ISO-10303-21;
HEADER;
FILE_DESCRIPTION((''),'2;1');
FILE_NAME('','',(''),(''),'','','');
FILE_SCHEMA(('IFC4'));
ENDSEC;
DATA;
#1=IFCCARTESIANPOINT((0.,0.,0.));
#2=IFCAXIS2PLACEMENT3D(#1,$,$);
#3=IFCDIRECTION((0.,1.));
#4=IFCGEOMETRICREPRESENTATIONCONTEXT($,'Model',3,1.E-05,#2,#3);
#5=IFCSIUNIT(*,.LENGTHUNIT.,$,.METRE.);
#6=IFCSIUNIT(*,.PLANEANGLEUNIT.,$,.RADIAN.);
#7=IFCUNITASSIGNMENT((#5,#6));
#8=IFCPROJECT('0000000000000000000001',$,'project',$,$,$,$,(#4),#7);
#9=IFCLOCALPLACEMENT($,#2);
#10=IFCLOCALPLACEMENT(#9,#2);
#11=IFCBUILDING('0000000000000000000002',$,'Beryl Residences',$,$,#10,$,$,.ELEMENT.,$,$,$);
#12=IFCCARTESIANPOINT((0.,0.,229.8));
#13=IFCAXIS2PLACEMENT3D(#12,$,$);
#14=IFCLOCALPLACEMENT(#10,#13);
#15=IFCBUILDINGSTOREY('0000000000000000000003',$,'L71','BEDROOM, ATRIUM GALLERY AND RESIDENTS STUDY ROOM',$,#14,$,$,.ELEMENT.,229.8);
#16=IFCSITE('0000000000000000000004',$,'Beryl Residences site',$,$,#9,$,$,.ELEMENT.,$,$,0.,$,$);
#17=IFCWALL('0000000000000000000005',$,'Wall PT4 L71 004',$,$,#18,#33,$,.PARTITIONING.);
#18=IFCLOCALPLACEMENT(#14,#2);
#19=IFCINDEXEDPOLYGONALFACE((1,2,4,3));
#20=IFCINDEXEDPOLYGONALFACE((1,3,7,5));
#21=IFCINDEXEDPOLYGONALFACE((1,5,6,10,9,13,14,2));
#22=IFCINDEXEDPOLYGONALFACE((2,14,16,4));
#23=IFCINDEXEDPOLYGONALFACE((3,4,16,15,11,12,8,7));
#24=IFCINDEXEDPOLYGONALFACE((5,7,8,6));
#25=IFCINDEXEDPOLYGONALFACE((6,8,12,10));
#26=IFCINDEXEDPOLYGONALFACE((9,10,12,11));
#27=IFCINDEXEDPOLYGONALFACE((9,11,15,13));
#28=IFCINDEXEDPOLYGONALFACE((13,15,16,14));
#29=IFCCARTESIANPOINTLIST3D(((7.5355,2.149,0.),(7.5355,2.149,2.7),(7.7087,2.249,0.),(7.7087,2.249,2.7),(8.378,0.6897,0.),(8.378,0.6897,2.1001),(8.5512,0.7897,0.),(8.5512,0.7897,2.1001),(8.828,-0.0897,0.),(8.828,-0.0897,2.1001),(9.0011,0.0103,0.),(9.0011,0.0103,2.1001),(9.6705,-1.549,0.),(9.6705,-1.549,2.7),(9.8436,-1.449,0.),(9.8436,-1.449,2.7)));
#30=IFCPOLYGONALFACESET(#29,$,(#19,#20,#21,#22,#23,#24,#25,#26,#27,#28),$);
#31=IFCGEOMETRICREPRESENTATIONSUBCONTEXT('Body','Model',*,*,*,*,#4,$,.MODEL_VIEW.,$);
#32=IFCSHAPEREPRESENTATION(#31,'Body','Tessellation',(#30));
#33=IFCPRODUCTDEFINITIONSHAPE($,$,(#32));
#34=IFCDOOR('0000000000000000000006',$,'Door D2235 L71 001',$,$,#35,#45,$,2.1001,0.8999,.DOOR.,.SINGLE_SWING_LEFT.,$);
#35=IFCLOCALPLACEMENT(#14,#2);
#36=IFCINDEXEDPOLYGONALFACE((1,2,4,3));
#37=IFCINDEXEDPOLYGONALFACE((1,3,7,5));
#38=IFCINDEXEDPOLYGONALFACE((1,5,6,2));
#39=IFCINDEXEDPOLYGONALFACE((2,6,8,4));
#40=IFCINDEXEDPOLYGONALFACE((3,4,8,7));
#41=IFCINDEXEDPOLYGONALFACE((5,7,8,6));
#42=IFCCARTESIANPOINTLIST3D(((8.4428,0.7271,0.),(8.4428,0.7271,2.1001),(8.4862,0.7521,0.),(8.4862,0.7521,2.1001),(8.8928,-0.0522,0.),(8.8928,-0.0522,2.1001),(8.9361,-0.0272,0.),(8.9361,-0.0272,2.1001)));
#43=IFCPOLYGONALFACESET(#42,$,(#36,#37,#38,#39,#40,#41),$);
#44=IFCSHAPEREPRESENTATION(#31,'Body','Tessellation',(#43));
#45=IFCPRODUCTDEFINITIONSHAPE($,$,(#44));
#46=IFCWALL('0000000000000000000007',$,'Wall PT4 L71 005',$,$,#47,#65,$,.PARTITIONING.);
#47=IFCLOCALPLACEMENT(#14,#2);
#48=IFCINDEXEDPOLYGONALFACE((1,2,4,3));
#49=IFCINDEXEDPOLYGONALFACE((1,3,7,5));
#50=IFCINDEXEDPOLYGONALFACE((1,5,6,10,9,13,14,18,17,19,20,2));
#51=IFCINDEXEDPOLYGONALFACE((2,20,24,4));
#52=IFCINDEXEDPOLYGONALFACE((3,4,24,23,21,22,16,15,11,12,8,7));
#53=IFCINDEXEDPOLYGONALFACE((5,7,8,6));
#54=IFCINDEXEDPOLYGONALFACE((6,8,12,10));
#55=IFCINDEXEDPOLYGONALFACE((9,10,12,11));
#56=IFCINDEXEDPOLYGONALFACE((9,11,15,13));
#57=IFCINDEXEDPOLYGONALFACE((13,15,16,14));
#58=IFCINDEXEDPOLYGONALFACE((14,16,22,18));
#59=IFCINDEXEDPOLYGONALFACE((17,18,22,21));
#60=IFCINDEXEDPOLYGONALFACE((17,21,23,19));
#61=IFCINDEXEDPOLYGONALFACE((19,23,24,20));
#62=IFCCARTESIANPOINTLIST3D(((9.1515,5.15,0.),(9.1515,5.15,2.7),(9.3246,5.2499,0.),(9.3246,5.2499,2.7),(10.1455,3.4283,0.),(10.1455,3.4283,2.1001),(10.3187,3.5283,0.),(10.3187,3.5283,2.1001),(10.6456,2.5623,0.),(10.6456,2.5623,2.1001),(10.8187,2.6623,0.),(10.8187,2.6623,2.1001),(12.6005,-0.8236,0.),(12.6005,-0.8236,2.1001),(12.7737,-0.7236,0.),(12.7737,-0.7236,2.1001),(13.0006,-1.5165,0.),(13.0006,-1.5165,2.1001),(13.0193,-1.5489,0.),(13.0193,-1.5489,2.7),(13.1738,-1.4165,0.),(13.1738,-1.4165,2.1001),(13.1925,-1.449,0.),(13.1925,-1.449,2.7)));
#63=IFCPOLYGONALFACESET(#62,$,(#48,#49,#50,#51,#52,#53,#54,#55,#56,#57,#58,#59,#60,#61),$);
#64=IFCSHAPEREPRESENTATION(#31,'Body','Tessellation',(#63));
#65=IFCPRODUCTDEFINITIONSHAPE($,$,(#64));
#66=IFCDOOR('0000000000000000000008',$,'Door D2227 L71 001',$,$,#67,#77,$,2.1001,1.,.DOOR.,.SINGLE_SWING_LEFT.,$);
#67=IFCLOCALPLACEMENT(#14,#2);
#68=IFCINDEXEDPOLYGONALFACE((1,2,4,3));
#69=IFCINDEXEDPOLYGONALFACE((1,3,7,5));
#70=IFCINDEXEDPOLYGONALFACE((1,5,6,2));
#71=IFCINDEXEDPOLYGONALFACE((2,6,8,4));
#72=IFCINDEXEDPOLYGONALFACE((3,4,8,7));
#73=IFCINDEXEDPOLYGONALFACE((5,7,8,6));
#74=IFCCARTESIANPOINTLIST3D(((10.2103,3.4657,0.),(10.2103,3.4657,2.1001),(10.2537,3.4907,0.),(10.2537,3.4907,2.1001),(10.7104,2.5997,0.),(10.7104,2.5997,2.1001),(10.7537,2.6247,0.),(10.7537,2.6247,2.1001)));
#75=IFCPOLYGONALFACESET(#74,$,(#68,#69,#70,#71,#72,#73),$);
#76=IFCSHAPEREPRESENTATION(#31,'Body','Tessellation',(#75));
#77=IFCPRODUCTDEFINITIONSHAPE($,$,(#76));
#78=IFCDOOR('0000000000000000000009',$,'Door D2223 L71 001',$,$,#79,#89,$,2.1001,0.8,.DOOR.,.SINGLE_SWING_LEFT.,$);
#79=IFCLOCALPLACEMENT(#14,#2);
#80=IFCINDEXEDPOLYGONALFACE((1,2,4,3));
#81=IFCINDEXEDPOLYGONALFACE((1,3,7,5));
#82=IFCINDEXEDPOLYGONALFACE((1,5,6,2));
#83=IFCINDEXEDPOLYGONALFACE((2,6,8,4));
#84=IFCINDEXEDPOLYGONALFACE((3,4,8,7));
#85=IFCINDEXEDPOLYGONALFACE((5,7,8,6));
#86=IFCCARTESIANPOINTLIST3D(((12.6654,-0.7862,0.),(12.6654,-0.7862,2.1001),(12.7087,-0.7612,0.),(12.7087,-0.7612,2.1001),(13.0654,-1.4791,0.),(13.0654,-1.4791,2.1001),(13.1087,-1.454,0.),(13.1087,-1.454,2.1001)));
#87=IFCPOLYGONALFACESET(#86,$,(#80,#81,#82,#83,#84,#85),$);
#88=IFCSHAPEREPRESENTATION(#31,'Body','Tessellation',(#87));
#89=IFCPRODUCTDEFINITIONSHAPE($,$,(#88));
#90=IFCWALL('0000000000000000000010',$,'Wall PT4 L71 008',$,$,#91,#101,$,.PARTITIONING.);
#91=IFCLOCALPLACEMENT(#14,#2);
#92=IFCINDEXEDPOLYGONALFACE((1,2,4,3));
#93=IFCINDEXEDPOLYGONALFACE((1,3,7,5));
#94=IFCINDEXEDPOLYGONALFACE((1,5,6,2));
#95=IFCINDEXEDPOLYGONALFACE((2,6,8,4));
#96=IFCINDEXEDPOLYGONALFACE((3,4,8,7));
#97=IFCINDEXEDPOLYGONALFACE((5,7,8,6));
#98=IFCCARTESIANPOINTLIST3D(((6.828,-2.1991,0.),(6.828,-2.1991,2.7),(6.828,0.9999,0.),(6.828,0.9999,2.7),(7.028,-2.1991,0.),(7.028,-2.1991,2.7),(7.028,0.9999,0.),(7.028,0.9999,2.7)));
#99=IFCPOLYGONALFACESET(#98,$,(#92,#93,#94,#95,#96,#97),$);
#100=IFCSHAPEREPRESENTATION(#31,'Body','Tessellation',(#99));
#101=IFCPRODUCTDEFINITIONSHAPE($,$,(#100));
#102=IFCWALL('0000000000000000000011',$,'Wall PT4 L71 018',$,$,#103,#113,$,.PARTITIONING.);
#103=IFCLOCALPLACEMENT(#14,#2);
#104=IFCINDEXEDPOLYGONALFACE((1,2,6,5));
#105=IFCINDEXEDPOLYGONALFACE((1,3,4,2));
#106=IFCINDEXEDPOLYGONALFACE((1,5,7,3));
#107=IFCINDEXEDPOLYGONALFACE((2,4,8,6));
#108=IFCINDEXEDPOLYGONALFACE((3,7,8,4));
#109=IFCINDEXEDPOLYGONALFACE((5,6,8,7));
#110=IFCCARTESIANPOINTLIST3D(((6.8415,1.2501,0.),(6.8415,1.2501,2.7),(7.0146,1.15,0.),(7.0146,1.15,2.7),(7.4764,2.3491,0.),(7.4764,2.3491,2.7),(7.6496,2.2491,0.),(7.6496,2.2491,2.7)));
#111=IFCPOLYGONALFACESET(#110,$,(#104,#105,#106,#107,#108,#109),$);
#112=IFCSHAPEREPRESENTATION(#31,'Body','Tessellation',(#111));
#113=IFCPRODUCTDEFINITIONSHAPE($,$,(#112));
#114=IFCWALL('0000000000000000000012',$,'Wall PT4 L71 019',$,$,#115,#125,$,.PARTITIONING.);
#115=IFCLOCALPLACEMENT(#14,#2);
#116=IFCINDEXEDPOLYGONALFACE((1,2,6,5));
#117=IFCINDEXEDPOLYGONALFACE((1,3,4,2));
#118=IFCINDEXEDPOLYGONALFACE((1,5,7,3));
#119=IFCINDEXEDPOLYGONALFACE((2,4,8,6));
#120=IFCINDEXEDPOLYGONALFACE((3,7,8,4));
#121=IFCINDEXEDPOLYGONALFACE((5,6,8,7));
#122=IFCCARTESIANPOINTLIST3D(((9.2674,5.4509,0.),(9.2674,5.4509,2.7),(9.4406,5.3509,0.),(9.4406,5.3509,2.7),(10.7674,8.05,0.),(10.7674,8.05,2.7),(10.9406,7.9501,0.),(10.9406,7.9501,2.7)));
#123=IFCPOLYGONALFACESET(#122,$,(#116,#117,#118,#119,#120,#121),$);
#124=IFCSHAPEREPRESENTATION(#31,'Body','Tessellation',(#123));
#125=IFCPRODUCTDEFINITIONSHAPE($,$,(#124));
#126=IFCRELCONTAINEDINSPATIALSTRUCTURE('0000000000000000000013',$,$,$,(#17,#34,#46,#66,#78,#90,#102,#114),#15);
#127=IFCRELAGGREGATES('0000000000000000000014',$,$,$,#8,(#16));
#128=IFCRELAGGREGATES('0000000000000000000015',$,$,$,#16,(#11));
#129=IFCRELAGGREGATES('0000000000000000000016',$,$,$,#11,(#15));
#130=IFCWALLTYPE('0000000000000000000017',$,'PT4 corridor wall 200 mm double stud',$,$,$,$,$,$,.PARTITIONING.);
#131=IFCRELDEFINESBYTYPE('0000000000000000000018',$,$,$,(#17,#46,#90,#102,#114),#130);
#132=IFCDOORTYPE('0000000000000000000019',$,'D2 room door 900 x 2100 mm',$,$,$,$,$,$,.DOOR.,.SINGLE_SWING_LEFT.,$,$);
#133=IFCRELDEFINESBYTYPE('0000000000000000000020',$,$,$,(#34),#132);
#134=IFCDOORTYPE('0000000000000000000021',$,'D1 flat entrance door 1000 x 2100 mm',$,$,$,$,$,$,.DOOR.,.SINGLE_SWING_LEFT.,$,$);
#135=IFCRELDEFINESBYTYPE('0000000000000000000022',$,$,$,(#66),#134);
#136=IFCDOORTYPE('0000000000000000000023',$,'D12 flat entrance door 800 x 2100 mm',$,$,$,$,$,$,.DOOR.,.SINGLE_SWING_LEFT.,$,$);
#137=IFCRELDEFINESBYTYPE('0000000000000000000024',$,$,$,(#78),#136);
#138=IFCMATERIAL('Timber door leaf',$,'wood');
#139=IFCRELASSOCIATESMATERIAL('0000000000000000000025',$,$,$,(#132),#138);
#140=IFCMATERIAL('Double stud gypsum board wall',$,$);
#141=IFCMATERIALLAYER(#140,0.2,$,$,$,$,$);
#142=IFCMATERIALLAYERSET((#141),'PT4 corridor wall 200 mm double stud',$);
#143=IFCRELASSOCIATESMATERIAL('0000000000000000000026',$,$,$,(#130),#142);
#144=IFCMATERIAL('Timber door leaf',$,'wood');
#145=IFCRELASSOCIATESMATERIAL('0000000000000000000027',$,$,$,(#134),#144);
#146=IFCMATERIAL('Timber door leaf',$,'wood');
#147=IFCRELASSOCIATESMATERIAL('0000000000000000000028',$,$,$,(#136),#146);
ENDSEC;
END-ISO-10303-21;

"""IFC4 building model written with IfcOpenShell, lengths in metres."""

from ifc_helpers import new_model, si_unit, direction, frame, frame_2d, origin, place, context, subcontext, project, spatial, rectangle, extrude, material, layer, layer_set, type_object, element, fill, save


model = new_model("IFC4")

# Units and contexts
model_context = context("Model", 3, precision=1e-05, world=origin(), true_north=direction((0.0, 1.0)))
body_context = subcontext(model_context, "Body", "Model", "MODEL_VIEW")
ifc_project = project(units=[si_unit("LENGTHUNIT", "METRE"), si_unit("PLANEANGLEUNIT", "RADIAN")], contexts=[model_context])

# Site, building, storey
site_placement = place(None, origin())
site = spatial("IfcSite", under=ifc_project, at=site_placement, Name="Beryl Residences site", CompositionType="ELEMENT", RefElevation=0.0)
building_placement = place(site_placement, origin())
building = spatial("IfcBuilding", under=site, at=building_placement, Name="Beryl Residences", CompositionType="ELEMENT")
storey_placement = place(building_placement, frame((0.0, 0.0, 229.8)))
storey = spatial("IfcBuildingStorey", under=building, at=storey_placement, Name="L71", Description="BEDROOM, ATRIUM GALLERY AND RESIDENTS STUDY ROOM", CompositionType="ELEMENT", Elevation=229.8)

# Shared definitions
ifc_material_1 = material(Name="Timber door leaf", Category="wood")
door_type_1 = type_object("IfcDoorType", Name="D2 room door 900 x 2100 mm", OperationType="SINGLE_SWING_LEFT", PredefinedType="DOOR", material=ifc_material_1)

# Wall, opening, door
ifc_material_2 = material(Name="Double stud gypsum board wall")
ifc_layer_1 = layer(ifc_material_2, 0.2)
ifc_layer_set_1 = layer_set([ifc_layer_1], Name="PT4 corridor wall 200 mm double stud")
wall_type_1 = type_object("IfcWallType", Name="PT4 corridor wall 200 mm double stud", PredefinedType="PARTITIONING", material=ifc_layer_set_1)
wall_1_placement = place(storey_placement, frame((7.6221, 2.199, 0.0), z_axis=(0.0, 0.0, 1.0), x_axis=(0.499995, -0.866028, 0.0)))
wall_1 = element("IfcWall", 1, at=wall_1_placement, inside=storey, type_object=wall_type_1, Name="Wall PT4 L71 004", PredefinedType="PARTITIONING", context=body_context, shape_type="SweptSolid", body=[
    extrude(rectangle(XDim=4.27, YDim=0.2, at=frame_2d((2.135, 0.0))), origin(), (0.0, 0.0, 1.0), 2.7),
])
opening_1_placement = place(wall_1_placement, frame((1.6851, 0.0, 0.0)))
opening_1 = element("IfcOpeningElement", 2, at=opening_1_placement, cuts=wall_1, PredefinedType="OPENING", context=body_context, shape_type="SweptSolid", body=[
    extrude(rectangle(XDim=0.8999, YDim=2.1001, at=frame_2d((0.45, 1.05))), frame((0.0, 0.1099, 0.0), z_axis=(0.0, -1.0, 0.0), x_axis=(1.0, 0.0, 0.0)), (0.0, 0.0, 1.0), 0.22),
])
door_1_placement = place(opening_1_placement, origin())
door_1 = element("IfcDoor", 3, at=door_1_placement, inside=storey, type_object=door_type_1, Name="Door D2235 L71 001", OperationType="SINGLE_SWING_LEFT", OverallHeight=2.1001, OverallWidth=0.8999, PredefinedType="DOOR", context=body_context, shape_type="SweptSolid", body=[
    extrude(rectangle(XDim=0.8999, YDim=2.1001, at=frame_2d((0.45, 1.05))), frame((0.0, 0.0249, 0.0), z_axis=(0.0, -1.0, 0.0), x_axis=(1.0, 0.0, 0.0)), (0.0, 0.0, 1.0), 0.05),
])
fill(opening_1, door_1)

# Wall, openings, doors
wall_2_placement = place(storey_placement, frame((9.238, 5.2, 0.0), z_axis=(0.0, 0.0, 1.0), x_axis=(0.500026, -0.866011, 0.0)))
wall_2 = element("IfcWall", 4, at=wall_2_placement, inside=storey, type_object=wall_type_1, Name="Wall PT4 L71 005", PredefinedType="PARTITIONING", context=body_context, shape_type="SweptSolid", body=[
    extrude(rectangle(XDim=7.7354, YDim=0.2, at=frame_2d((3.8677, 0.0))), origin(), (0.0, 0.0, 1.0), 2.7),
])
opening_2_placement = place(wall_2_placement, frame((6.8979, 0.0, 0.0)))
opening_2 = element("IfcOpeningElement", 5, at=opening_2_placement, cuts=wall_2, PredefinedType="OPENING", context=body_context, shape_type="SweptSolid", body=[
    extrude(rectangle(XDim=0.8, YDim=2.1001, at=frame_2d((0.3999, 1.05))), frame((0.0, 0.1099, 0.0), z_axis=(0.0, -1.0, 0.0), x_axis=(1.0, 0.0, 0.0)), (0.0, 0.0, 1.0), 0.22),
])
opening_3_placement = place(wall_2_placement, frame((1.988, 0.0, 0.0)))
opening_3 = element("IfcOpeningElement", 6, at=opening_3_placement, cuts=wall_2, PredefinedType="OPENING", context=body_context, shape_type="SweptSolid", body=[
    extrude(rectangle(XDim=1.0, YDim=2.1001, at=frame_2d((0.5, 1.05))), frame((0.0, 0.1099, 0.0), z_axis=(0.0, -1.0, 0.0), x_axis=(1.0, 0.0, 0.0)), (0.0, 0.0, 1.0), 0.22),
])
ifc_material_3 = material(Name="Timber door leaf", Category="wood")
door_type_2 = type_object("IfcDoorType", Name="D1 flat entrance door 1000 x 2100 mm", OperationType="SINGLE_SWING_LEFT", PredefinedType="DOOR", material=ifc_material_3)
door_2_placement = place(opening_3_placement, origin())
door_2 = element("IfcDoor", 7, at=door_2_placement, inside=storey, type_object=door_type_2, Name="Door D2227 L71 001", OperationType="SINGLE_SWING_LEFT", OverallHeight=2.1001, OverallWidth=1.0, PredefinedType="DOOR", context=body_context, shape_type="SweptSolid", body=[
    extrude(rectangle(XDim=1.0, YDim=2.1001, at=frame_2d((0.5, 1.05))), frame((0.0, 0.0249, 0.0), z_axis=(0.0, -1.0, 0.0), x_axis=(1.0, 0.0, 0.0)), (0.0, 0.0, 1.0), 0.05),
])
fill(opening_3, door_2)
ifc_material_4 = material(Name="Timber door leaf", Category="wood")
door_type_3 = type_object("IfcDoorType", Name="D12 flat entrance door 800 x 2100 mm", OperationType="SINGLE_SWING_LEFT", PredefinedType="DOOR", material=ifc_material_4)
door_3_placement = place(opening_2_placement, origin())
door_3 = element("IfcDoor", 8, at=door_3_placement, inside=storey, type_object=door_type_3, Name="Door D2223 L71 001", OperationType="SINGLE_SWING_LEFT", OverallHeight=2.1001, OverallWidth=0.8, PredefinedType="DOOR", context=body_context, shape_type="SweptSolid", body=[
    extrude(rectangle(XDim=0.8, YDim=2.1001, at=frame_2d((0.3999, 1.05))), frame((0.0, 0.0249, 0.0), z_axis=(0.0, -1.0, 0.0), x_axis=(1.0, 0.0, 0.0)), (0.0, 0.0, 1.0), 0.05),
])
fill(opening_2, door_3)

# Walls
wall_3_placement = place(storey_placement, frame((6.928, 1.0, 0.0), z_axis=(0.0, 0.0, 1.0), x_axis=(0.0, -1.0, 0.0)))
element("IfcWall", 9, at=wall_3_placement, inside=storey, type_object=wall_type_1, Name="Wall PT4 L71 008", PredefinedType="PARTITIONING", context=body_context, shape_type="SweptSolid", body=[
    extrude(rectangle(XDim=3.199, YDim=0.2, at=frame_2d((1.5996, 0.0))), origin(), (0.0, 0.0, 1.0), 2.7),
])
wall_4_placement = place(storey_placement, frame((6.928, 1.2, 0.0), z_axis=(0.0, 0.0, 1.0), x_axis=(0.500255, 0.865878, 0.0)))
element("IfcWall", 10, at=wall_4_placement, inside=storey, type_object=wall_type_1, Name="Wall PT4 L71 018", PredefinedType="PARTITIONING", context=body_context, shape_type="SweptSolid", body=[
    extrude(rectangle(XDim=1.2693, YDim=0.2, at=frame_2d((0.6348, 0.0))), origin(), (0.0, 0.0, 1.0), 2.7),
])
wall_5_placement = place(storey_placement, frame((9.354, 5.4009, 0.0), z_axis=(0.0, 0.0, 1.0), x_axis=(0.499849, 0.866112, 0.0)))
element("IfcWall", 11, at=wall_5_placement, inside=storey, type_object=wall_type_1, Name="Wall PT4 L71 019", PredefinedType="PARTITIONING", context=body_context, shape_type="SweptSolid", body=[
    extrude(rectangle(XDim=3.001, YDim=0.2, at=frame_2d((1.5005, 0.0))), origin(), (0.0, 0.0, 1.0), 2.7),
])

save(model, "model.ifc")
